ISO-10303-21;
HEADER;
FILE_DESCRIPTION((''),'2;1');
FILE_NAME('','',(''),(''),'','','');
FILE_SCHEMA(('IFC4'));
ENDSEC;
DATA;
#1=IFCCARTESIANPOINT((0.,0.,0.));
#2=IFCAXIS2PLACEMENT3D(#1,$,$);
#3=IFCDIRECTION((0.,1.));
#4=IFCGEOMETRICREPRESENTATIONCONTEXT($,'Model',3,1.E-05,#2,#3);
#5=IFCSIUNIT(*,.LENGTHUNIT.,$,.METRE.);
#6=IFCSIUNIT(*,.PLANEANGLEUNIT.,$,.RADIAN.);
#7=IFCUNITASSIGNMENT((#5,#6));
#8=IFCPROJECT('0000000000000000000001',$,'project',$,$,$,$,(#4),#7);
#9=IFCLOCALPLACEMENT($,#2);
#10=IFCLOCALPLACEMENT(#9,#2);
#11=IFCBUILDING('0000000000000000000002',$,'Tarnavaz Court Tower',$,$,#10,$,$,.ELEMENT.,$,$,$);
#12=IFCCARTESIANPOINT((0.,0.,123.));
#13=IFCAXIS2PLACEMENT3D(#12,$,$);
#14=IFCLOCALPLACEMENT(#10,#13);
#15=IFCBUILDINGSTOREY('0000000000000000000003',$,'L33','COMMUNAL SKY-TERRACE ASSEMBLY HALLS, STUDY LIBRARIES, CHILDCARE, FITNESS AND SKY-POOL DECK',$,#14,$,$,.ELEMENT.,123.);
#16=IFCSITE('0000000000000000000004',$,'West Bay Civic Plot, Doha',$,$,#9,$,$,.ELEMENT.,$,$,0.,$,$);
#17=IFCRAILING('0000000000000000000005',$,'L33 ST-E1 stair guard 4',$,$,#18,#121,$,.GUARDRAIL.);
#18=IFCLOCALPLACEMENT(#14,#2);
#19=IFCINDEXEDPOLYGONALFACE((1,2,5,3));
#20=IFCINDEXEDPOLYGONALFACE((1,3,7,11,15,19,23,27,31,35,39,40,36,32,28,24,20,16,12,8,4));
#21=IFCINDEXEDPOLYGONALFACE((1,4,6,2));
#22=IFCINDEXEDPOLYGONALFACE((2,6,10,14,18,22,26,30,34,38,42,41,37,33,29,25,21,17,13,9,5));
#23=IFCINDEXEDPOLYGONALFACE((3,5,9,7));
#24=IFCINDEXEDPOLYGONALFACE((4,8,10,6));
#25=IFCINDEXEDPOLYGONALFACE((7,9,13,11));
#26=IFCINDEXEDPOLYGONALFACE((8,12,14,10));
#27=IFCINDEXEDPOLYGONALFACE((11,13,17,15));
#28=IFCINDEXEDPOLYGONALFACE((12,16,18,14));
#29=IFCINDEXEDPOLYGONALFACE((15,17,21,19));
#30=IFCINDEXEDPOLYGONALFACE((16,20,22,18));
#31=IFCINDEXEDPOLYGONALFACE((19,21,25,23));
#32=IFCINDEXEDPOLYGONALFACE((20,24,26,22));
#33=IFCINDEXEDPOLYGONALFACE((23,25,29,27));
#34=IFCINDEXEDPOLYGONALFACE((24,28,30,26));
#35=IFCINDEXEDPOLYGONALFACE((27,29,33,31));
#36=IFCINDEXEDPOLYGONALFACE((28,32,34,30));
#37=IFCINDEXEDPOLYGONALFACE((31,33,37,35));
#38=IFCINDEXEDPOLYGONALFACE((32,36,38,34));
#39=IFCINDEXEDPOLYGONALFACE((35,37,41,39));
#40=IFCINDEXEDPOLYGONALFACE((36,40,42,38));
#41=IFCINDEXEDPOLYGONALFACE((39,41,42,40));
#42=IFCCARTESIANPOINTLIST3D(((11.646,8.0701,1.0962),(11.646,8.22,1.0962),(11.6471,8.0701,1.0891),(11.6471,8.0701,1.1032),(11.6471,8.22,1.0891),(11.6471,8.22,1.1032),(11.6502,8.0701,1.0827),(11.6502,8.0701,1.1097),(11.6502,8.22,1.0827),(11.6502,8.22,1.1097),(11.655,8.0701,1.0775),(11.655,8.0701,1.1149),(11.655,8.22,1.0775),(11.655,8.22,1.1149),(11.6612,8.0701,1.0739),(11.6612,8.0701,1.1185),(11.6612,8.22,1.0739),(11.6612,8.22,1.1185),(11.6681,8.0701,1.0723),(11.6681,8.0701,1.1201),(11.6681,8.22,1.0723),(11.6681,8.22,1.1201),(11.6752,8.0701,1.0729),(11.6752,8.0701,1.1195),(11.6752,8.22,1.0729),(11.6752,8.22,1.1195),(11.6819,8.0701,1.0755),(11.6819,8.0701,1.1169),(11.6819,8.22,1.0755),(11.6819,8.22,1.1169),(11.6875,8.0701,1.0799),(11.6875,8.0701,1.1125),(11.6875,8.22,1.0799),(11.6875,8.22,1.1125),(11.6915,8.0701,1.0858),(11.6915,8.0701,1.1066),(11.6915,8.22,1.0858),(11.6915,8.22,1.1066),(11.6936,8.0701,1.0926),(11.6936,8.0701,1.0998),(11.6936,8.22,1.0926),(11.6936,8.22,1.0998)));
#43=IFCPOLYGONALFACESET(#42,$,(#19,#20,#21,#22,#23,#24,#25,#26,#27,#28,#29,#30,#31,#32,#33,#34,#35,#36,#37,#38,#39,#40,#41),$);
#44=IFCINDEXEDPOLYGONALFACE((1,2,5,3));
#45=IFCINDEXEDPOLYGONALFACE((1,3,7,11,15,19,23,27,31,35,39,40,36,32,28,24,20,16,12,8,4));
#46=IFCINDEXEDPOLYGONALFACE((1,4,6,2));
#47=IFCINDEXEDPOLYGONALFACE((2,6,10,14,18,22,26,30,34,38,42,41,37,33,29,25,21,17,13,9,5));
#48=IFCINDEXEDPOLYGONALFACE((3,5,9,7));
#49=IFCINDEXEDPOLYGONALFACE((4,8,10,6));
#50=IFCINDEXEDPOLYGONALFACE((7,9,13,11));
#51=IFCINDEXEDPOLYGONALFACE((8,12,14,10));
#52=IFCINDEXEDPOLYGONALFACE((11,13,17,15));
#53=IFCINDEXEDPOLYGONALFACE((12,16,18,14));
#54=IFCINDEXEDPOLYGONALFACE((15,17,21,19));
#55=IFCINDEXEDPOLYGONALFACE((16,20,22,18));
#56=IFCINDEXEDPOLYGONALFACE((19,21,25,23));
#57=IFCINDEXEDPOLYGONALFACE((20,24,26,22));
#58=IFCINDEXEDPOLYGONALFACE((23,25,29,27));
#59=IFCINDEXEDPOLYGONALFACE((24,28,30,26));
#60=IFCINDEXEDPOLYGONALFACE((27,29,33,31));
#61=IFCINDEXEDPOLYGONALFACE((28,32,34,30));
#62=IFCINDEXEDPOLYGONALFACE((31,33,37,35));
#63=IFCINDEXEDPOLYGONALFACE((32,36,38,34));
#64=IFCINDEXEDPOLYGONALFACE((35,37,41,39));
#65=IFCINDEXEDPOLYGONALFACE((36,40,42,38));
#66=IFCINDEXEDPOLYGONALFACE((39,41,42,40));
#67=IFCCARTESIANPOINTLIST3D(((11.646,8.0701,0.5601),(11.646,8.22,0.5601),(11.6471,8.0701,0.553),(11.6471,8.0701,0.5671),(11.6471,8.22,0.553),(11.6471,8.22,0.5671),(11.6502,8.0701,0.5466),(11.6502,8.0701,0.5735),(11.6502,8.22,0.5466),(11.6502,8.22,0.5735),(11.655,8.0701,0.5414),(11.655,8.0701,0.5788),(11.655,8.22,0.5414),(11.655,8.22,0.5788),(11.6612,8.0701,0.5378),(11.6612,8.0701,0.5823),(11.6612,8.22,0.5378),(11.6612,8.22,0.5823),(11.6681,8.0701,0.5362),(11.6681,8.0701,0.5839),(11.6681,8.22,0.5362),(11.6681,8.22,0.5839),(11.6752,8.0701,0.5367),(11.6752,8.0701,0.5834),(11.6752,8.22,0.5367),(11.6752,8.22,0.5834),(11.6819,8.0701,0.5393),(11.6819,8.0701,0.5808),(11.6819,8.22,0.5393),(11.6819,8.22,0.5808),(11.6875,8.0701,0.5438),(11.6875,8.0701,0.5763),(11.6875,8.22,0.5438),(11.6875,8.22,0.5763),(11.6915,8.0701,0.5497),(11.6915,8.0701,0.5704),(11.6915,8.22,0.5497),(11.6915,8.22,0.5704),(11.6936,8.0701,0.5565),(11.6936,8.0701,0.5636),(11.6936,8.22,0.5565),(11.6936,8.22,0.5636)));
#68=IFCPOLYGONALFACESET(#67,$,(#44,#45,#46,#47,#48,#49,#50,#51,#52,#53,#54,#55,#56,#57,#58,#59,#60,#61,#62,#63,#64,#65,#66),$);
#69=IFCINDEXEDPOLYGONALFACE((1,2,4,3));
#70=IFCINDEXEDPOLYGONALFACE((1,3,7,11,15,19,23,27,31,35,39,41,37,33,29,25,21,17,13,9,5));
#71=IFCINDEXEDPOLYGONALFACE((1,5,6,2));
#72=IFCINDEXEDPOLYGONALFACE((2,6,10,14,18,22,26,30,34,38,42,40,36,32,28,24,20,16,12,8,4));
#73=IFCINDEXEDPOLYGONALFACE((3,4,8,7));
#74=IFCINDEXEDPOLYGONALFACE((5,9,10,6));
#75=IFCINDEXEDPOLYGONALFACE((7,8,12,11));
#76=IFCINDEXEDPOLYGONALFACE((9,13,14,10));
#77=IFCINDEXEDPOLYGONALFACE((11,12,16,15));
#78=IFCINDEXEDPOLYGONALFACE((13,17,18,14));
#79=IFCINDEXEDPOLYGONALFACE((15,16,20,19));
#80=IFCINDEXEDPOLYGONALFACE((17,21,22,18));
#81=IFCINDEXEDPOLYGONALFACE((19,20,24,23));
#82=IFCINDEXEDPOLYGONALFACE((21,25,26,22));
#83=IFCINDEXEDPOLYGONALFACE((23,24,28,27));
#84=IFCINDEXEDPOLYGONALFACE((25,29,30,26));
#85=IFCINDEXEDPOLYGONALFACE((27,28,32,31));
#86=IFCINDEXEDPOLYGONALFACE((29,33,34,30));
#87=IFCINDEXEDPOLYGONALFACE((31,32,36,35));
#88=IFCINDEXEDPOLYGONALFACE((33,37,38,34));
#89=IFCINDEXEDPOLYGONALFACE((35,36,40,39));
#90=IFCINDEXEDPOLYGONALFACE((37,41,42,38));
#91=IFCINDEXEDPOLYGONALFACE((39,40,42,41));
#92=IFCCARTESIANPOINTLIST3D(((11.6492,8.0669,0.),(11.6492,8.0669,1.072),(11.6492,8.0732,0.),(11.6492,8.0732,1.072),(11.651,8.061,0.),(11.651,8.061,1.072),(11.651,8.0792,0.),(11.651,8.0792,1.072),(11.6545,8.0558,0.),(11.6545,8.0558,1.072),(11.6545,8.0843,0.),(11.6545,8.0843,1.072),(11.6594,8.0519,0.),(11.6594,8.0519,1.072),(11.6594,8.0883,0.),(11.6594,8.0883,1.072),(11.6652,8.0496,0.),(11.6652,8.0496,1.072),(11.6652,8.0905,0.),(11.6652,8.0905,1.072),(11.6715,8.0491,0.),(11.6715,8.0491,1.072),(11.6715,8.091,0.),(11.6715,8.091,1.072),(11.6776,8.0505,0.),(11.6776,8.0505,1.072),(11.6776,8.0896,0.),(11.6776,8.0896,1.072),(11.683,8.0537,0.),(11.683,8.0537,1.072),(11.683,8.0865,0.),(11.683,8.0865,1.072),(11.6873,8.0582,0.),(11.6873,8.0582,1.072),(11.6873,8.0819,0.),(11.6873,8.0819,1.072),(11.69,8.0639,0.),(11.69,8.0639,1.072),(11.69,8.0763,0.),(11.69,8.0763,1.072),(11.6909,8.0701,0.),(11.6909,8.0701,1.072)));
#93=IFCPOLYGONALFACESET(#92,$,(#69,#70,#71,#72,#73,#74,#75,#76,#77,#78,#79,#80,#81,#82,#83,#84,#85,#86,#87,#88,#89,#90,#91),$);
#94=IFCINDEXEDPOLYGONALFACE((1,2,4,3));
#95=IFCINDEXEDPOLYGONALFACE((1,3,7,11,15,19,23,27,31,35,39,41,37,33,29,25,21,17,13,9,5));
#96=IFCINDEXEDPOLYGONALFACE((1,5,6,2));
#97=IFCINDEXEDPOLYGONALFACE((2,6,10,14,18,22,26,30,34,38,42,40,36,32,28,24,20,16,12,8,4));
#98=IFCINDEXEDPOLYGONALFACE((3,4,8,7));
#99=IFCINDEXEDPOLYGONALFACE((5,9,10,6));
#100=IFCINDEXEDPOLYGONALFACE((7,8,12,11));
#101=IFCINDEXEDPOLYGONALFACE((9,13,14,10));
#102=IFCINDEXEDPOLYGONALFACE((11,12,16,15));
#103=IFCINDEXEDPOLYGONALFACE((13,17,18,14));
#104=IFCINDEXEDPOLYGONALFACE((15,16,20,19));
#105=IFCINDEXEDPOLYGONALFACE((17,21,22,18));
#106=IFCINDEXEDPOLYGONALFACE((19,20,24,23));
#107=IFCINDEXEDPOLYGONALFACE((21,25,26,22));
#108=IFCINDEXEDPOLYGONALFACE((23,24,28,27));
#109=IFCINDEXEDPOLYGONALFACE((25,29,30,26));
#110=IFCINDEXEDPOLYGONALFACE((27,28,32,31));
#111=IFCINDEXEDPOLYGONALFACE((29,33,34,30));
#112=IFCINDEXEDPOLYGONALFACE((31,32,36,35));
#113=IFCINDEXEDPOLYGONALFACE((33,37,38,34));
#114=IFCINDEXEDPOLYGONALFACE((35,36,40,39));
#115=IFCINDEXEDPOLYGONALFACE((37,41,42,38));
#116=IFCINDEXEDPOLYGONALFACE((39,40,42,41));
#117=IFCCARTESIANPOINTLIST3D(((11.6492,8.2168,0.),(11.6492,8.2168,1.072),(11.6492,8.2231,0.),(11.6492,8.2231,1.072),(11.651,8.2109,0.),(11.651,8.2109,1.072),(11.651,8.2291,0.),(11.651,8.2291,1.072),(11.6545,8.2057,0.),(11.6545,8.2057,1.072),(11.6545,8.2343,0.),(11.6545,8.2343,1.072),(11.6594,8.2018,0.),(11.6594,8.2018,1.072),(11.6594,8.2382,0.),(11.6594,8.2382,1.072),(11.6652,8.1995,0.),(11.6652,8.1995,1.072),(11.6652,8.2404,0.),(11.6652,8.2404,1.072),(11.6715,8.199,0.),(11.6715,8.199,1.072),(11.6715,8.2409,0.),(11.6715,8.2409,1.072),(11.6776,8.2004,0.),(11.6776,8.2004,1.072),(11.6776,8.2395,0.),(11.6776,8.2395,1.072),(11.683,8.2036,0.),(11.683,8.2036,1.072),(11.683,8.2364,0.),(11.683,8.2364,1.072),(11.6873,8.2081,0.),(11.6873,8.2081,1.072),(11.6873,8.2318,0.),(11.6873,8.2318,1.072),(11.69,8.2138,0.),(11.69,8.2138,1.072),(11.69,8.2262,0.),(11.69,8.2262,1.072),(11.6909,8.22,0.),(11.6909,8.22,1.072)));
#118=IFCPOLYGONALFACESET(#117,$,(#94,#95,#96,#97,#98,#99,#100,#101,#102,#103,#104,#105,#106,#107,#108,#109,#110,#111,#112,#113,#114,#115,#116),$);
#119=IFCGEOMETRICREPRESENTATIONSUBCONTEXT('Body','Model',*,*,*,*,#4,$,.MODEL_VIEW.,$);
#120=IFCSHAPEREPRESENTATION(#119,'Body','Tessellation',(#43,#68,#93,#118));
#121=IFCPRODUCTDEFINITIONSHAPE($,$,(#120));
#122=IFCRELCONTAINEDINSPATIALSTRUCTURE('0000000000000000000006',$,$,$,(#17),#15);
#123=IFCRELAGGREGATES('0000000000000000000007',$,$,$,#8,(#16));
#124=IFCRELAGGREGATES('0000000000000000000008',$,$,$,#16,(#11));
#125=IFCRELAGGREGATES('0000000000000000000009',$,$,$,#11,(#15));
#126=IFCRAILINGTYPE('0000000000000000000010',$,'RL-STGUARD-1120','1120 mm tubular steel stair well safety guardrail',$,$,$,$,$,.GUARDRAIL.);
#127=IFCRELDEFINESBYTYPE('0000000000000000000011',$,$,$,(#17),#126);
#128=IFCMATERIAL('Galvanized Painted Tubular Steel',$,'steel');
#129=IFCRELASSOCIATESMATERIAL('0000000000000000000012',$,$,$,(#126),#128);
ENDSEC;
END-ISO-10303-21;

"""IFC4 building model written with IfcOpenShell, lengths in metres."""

from ifc_helpers import new_model, si_unit, direction, frame, origin, origin_2d, place, context, subcontext, project, spatial, circle, extrude, material, type_object, element, save


model = new_model("IFC4")

# Units and contexts
model_context = context("Model", 3, precision=1e-05, world=origin(), true_north=direction((0.0, 1.0)))
body_context = subcontext(model_context, "Body", "Model", "MODEL_VIEW")
ifc_project = project(units=[si_unit("LENGTHUNIT", "METRE"), si_unit("PLANEANGLEUNIT", "RADIAN")], contexts=[model_context])

# Site, building, storey
site_placement = place(None, origin())
site = spatial("IfcSite", under=ifc_project, at=site_placement, Name="West Bay Civic Plot, Doha", CompositionType="ELEMENT", RefElevation=0.0)
building_placement = place(site_placement, origin())
building = spatial("IfcBuilding", under=site, at=building_placement, Name="Tarnavaz Court Tower", CompositionType="ELEMENT")
storey_placement = place(building_placement, frame((0.0, 0.0, 123.0)))
storey = spatial("IfcBuildingStorey", under=building, at=storey_placement, Name="L33", Description="COMMUNAL SKY-TERRACE ASSEMBLY HALLS, STUDY LIBRARIES, CHILDCARE, FITNESS AND SKY-POOL DECK", CompositionType="ELEMENT", Elevation=123.0)

# Railing
ifc_material_1 = material(Name="Galvanized Painted Tubular Steel", Category="steel")
railing_type_1 = type_object("IfcRailingType", Name="RL-STGUARD-1120", Description="1120 mm tubular steel stair well safety guardrail", PredefinedType="GUARDRAIL", material=ifc_material_1)
railing_1_placement = place(storey_placement, frame((11.6699, 8.0701, 0.0)))
element("IfcRailing", 1, at=railing_1_placement, inside=storey, type_object=railing_type_1, Name="L33 ST-E1 stair guard 4", PredefinedType="GUARDRAIL", context=body_context, shape_type="SweptSolid", body=[
    extrude(circle(Radius=0.0239, at=origin_2d()), frame((0.0, 0.0, 1.0962), z_axis=(0.0, 1.0, 0.0), x_axis=(-1.0, 0.0, 0.0)), (0.0, 0.0, 1.0), 0.1499),
    extrude(circle(Radius=0.0239, at=origin_2d()), frame((0.0, 0.0, 0.5601), z_axis=(0.0, 1.0, 0.0), x_axis=(-1.0, 0.0, 0.0)), (0.0, 0.0, 1.0), 0.1499),
    extrude(circle(Radius=0.021, at=origin_2d()), origin(), (0.0, 0.0, 1.0), 1.072),
    extrude(circle(Radius=0.021, at=origin_2d()), frame((0.0, 0.1499, 0.0)), (0.0, 0.0, 1.0), 1.072),
])

save(model, "model.ifc")
